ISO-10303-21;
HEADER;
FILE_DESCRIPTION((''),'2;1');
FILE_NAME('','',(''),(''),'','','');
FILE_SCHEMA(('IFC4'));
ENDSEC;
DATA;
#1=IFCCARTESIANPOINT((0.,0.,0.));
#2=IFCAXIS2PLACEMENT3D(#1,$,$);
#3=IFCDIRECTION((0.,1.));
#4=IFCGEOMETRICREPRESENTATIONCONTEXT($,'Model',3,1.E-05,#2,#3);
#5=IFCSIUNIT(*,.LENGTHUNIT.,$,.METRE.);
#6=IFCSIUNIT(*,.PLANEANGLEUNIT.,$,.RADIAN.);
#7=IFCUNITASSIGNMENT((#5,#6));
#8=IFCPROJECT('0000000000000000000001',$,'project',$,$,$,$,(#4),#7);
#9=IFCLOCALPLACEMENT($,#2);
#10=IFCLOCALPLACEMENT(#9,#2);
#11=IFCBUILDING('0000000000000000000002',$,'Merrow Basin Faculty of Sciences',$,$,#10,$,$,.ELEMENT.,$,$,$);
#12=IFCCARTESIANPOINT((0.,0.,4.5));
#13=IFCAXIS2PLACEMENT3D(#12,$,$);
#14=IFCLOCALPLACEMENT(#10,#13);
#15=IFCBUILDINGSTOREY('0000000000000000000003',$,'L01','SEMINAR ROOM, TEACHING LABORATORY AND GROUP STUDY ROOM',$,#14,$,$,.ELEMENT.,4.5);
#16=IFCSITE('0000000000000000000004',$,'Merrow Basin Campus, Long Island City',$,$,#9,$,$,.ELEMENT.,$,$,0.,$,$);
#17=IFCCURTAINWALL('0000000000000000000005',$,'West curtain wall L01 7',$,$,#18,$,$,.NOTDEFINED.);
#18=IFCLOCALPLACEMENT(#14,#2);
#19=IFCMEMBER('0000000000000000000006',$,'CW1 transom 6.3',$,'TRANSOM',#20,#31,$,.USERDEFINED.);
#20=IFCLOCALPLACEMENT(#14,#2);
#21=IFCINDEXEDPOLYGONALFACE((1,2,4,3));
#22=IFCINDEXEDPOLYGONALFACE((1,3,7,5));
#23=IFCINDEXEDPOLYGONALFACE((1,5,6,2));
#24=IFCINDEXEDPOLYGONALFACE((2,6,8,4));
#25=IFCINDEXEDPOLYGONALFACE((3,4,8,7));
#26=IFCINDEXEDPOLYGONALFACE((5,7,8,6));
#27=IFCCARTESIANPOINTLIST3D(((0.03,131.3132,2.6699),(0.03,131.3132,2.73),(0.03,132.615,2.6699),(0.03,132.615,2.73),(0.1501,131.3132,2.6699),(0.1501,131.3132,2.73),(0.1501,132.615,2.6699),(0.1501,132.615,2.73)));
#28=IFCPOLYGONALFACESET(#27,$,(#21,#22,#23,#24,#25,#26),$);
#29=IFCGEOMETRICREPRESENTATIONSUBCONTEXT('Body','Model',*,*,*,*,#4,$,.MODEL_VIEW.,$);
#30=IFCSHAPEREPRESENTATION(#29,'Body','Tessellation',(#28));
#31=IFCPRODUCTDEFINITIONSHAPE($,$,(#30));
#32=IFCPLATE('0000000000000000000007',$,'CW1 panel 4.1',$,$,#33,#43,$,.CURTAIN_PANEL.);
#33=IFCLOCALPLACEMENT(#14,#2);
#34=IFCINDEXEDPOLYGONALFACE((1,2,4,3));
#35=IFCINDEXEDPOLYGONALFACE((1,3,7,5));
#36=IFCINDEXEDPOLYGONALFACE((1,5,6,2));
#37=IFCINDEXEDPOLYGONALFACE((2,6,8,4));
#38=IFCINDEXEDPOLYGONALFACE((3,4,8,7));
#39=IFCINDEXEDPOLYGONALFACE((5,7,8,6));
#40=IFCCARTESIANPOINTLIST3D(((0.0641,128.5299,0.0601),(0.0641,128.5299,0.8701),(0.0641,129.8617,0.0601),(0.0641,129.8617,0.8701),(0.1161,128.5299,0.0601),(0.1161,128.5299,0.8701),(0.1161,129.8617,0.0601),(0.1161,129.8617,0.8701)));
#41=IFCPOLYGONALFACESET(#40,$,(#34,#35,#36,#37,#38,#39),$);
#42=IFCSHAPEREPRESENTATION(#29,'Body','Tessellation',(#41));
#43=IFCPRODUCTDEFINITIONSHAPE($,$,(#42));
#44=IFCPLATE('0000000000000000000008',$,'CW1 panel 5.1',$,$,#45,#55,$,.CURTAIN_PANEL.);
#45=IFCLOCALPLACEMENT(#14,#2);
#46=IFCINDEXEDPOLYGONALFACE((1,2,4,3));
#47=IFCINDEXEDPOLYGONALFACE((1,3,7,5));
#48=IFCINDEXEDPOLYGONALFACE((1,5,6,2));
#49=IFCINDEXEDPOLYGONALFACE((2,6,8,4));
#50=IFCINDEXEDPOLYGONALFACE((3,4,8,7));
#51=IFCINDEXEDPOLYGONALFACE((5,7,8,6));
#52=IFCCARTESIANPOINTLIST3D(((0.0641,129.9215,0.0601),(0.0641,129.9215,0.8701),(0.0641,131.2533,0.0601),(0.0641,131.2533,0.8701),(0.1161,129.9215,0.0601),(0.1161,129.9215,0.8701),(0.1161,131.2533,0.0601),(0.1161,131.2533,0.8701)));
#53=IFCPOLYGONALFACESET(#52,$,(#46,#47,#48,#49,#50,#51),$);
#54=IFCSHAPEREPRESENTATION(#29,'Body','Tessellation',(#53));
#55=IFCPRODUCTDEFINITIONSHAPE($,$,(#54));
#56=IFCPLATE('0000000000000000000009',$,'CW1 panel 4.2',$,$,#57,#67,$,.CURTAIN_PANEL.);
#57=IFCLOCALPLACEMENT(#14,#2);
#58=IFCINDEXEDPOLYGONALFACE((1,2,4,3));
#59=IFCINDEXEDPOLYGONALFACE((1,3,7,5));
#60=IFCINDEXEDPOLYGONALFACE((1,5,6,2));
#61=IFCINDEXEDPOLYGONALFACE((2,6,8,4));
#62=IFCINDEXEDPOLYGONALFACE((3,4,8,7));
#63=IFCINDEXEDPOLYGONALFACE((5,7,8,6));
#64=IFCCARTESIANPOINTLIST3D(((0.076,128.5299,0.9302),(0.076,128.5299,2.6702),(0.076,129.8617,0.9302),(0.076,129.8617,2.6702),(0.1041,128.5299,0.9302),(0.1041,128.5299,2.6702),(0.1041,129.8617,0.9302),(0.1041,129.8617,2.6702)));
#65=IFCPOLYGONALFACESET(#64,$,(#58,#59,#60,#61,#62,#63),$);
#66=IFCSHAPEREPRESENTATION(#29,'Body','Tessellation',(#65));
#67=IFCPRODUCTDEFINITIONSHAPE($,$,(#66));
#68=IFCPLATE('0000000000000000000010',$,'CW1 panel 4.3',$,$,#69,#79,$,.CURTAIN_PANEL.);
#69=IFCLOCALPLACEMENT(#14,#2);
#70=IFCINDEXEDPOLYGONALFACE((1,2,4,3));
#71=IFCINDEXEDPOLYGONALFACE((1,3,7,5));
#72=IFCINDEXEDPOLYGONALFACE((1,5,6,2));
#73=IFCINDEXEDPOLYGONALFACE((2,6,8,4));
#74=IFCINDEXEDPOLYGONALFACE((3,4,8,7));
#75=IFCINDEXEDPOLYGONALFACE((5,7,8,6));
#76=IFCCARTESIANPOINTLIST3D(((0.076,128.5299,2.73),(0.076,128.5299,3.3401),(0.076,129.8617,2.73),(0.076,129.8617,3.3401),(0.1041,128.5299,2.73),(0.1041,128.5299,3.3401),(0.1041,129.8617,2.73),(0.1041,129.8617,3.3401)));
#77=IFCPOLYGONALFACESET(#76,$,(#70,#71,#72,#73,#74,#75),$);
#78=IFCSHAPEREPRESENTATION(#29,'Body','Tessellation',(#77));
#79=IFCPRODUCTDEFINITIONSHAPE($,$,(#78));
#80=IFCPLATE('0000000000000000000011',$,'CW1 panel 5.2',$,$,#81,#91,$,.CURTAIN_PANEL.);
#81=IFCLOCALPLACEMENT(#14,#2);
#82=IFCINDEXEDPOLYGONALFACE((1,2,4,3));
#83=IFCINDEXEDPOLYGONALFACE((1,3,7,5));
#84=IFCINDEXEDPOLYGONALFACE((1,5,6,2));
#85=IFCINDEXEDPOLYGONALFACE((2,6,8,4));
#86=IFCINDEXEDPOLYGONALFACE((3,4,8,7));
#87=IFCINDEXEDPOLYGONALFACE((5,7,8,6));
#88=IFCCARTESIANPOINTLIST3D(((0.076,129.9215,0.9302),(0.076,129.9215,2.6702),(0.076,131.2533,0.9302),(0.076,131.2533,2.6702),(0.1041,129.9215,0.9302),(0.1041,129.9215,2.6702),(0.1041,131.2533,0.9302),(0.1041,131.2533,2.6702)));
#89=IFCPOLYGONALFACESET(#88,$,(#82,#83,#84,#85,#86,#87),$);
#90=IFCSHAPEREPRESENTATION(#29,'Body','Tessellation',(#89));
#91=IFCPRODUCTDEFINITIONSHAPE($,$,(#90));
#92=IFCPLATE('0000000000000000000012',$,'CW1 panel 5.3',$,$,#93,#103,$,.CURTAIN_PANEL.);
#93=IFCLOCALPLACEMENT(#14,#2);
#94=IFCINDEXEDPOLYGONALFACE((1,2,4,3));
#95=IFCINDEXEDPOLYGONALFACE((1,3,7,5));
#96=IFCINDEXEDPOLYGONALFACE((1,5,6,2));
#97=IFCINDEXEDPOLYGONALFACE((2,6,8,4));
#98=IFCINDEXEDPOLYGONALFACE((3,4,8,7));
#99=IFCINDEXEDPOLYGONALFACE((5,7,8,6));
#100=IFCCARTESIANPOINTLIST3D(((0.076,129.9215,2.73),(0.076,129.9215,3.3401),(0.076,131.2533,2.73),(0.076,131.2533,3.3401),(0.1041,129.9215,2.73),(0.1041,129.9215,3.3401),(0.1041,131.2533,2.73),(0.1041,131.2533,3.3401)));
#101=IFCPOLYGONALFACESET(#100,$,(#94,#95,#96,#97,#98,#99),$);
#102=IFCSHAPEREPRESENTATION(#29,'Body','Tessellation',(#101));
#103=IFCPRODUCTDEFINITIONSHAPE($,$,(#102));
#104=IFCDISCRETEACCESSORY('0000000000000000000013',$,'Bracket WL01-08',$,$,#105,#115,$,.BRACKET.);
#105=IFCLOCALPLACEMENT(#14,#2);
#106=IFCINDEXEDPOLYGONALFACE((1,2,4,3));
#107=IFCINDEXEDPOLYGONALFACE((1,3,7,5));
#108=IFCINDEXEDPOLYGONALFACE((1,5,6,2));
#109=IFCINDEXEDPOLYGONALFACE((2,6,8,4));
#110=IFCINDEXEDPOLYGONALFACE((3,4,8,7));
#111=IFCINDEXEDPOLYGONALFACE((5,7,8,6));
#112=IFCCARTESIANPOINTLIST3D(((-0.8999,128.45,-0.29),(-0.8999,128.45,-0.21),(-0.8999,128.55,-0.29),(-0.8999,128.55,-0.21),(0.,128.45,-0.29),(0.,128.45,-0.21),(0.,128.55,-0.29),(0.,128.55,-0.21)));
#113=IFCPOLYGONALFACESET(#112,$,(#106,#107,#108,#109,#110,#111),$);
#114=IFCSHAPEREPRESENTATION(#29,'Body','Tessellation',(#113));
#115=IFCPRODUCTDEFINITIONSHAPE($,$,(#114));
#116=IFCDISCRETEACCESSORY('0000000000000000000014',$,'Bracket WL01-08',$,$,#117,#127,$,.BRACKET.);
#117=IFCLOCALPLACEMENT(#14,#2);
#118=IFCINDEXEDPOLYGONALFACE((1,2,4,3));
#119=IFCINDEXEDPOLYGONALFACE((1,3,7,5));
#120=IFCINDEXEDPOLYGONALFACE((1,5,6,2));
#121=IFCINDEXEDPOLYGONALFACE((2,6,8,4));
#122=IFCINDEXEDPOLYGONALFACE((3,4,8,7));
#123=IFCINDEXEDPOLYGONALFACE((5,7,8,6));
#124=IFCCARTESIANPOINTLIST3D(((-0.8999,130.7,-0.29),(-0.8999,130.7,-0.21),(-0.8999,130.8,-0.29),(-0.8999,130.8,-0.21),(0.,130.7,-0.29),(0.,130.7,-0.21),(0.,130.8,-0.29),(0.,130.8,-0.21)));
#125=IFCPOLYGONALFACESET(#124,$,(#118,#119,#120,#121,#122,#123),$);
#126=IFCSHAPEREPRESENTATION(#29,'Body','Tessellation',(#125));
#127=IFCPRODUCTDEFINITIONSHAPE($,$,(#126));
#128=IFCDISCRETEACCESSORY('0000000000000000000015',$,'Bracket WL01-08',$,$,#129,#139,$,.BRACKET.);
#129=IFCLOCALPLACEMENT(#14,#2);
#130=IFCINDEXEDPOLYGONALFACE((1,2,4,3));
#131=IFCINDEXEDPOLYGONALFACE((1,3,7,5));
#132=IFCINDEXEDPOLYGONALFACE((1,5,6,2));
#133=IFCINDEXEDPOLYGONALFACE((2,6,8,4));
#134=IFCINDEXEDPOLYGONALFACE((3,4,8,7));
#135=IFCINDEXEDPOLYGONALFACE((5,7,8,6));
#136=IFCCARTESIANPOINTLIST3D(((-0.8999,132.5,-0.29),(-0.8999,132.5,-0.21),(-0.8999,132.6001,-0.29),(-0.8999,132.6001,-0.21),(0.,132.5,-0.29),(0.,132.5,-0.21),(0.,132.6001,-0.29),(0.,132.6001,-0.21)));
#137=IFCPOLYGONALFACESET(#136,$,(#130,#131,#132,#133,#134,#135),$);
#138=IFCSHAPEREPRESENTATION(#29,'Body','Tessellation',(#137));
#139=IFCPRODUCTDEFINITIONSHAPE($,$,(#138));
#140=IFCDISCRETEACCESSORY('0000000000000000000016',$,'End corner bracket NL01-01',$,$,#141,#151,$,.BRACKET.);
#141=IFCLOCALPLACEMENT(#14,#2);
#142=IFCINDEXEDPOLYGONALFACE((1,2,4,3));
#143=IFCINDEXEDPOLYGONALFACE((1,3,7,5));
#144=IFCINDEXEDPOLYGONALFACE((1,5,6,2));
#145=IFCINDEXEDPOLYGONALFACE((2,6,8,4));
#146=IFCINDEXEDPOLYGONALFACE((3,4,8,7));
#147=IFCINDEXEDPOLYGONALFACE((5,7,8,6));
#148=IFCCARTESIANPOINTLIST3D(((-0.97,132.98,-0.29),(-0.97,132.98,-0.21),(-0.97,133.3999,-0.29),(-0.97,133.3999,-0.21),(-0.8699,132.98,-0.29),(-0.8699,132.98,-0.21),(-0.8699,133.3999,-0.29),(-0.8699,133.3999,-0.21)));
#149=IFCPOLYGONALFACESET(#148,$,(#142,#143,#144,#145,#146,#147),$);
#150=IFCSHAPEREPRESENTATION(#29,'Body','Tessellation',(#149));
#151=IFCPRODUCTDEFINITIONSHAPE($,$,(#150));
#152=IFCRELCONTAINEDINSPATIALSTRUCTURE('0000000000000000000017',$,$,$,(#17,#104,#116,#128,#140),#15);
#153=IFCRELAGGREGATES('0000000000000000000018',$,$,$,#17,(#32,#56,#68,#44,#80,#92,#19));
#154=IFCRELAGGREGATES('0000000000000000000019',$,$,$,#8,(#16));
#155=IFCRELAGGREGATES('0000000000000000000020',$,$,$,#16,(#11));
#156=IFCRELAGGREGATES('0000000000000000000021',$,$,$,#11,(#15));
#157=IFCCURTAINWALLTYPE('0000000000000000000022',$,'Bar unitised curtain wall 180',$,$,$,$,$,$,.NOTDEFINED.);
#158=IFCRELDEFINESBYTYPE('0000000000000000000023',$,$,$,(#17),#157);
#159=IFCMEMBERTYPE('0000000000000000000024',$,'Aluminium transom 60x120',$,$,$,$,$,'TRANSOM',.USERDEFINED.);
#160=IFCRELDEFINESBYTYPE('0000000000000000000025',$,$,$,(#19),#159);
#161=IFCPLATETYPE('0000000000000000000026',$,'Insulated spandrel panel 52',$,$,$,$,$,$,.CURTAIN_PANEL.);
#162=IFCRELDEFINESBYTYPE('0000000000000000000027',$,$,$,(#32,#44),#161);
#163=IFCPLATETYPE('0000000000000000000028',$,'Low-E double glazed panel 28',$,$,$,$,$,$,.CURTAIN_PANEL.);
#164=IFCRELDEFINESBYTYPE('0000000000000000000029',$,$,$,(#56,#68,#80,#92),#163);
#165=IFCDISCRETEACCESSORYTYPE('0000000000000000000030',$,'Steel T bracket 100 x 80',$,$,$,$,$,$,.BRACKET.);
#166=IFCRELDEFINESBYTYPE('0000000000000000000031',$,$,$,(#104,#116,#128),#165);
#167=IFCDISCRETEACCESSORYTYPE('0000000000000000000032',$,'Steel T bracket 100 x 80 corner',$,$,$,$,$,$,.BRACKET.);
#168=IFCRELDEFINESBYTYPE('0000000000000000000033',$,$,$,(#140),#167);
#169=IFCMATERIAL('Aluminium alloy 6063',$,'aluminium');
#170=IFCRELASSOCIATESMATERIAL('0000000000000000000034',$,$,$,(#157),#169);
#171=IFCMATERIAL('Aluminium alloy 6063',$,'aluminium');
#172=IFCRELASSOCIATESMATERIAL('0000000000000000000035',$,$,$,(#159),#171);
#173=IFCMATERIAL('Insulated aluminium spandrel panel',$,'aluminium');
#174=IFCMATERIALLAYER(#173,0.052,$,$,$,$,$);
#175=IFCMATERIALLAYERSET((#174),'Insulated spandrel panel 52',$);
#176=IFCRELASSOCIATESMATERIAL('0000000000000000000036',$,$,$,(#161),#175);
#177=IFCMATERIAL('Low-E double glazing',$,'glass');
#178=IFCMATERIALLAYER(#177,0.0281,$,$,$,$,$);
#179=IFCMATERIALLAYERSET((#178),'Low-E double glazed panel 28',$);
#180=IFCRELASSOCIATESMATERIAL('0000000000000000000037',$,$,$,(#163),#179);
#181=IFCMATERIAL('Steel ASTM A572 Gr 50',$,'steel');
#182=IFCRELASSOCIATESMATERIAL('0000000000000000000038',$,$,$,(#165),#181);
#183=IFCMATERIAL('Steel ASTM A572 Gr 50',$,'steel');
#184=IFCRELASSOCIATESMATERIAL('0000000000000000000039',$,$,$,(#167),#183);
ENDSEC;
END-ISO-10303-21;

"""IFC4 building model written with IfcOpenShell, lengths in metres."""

from ifc_helpers import new_model, si_unit, direction, frame, origin, origin_2d, place, context, subcontext, project, spatial, polyline, rectangle, outline, extrude, source, transform, mapped, material, layer, layer_set, material_profile, profile_set, type_object, element, aggregate, save


model = new_model("IFC4")

# Units and contexts
model_context = context("Model", 3, precision=1e-05, world=origin(), true_north=direction((0.0, 1.0)))
body_context = subcontext(model_context, "Body", "Model", "MODEL_VIEW")
ifc_project = project(units=[si_unit("LENGTHUNIT", "METRE"), si_unit("PLANEANGLEUNIT", "RADIAN")], contexts=[model_context])

# Site, building, storey
site_placement = place(None, origin())
site = spatial("IfcSite", under=ifc_project, at=site_placement, Name="Merrow Basin Campus, Long Island City", CompositionType="ELEMENT", RefElevation=0.0)
building_placement = place(site_placement, origin())
building = spatial("IfcBuilding", under=site, at=building_placement, Name="Merrow Basin Faculty of Sciences", CompositionType="ELEMENT")
storey_placement = place(building_placement, frame((0.0, 0.0, 4.5)))
storey = spatial("IfcBuildingStorey", under=building, at=storey_placement, Name="L01", Description="SEMINAR ROOM, TEACHING LABORATORY AND GROUP STUDY ROOM", CompositionType="ELEMENT", Elevation=4.5)

# Curtain wall, member, plates
ifc_material_1 = material(Name="Aluminium alloy 6063", Category="aluminium")
curtain_wall_type = type_object("IfcCurtainWallType", Name="Bar unitised curtain wall 180", PredefinedType="NOTDEFINED", material=ifc_material_1)
curtain_wall_placement = place(storey_placement, origin())
curtain_wall = element("IfcCurtainWall", 1, at=curtain_wall_placement, inside=storey, type_object=curtain_wall_type, Name="West curtain wall L01 7", PredefinedType="NOTDEFINED")
ifc_material_2 = material(Name="Aluminium alloy 6063", Category="aluminium")
ifc_material_profile_1 = material_profile(ifc_material_2, rectangle(XDim=0.1201, YDim=0.0601, at=origin_2d()))
ifc_profile_set_1 = profile_set([ifc_material_profile_1], Name="Aluminium alloy 6063")
member_type_1 = type_object("IfcMemberType", Name="Aluminium transom 60x120", ElementType="TRANSOM", PredefinedType="USERDEFINED", material=ifc_profile_set_1)
member_1_placement = place(storey_placement, frame((0.0901, 131.3132, 2.7), z_axis=(0.0, 1.0, 0.0), x_axis=(-1.0, 0.0, 0.0)))
member_1 = element("IfcMember", 2, at=member_1_placement, type_object=member_type_1, Name="CW1 transom 6.3", ObjectType="TRANSOM", PredefinedType="USERDEFINED", context=body_context, shape_type="SweptSolid", body=[
    extrude(rectangle(XDim=0.1201, YDim=0.0601, at=origin_2d()), origin(), (0.0, 0.0, 1.0), 1.3018),
])
ifc_material_3 = material(Name="Insulated aluminium spandrel panel", Category="aluminium")
ifc_layer_1 = layer(ifc_material_3, 0.052)
ifc_layer_set_1 = layer_set([ifc_layer_1], Name="Insulated spandrel panel 52")
plate_type_1 = type_object("IfcPlateType", Name="Insulated spandrel panel 52", PredefinedType="CURTAIN_PANEL", material=ifc_layer_set_1)
plate_1_placement = place(storey_placement, frame((0.0901, 129.1958, 0.0601), z_axis=(0.0, 0.0, 1.0), x_axis=(0.0, 1.0, 0.0)))
plate_1 = element("IfcPlate", 3, at=plate_1_placement, type_object=plate_type_1, Name="CW1 panel 4.1", PredefinedType="CURTAIN_PANEL", context=body_context, shape_type="SweptSolid", body=[
    extrude(rectangle(XDim=1.3318, YDim=0.052, at=origin_2d()), origin(), (0.0, 0.0, 1.0), 0.8101),
])
plate_2_placement = place(storey_placement, frame((0.0901, 130.5874, 0.0601), z_axis=(0.0, 0.0, 1.0), x_axis=(0.0, 1.0, 0.0)))
plate_2 = element("IfcPlate", 4, at=plate_2_placement, type_object=plate_type_1, Name="CW1 panel 5.1", PredefinedType="CURTAIN_PANEL", context=body_context, shape_type="SweptSolid", body=[
    extrude(rectangle(XDim=1.3318, YDim=0.052, at=origin_2d()), origin(), (0.0, 0.0, 1.0), 0.8101),
])
ifc_material_4 = material(Name="Low-E double glazing", Category="glass")
ifc_layer_2 = layer(ifc_material_4, 0.0281)
ifc_layer_set_2 = layer_set([ifc_layer_2], Name="Low-E double glazed panel 28")
plate_type_2 = type_object("IfcPlateType", Name="Low-E double glazed panel 28", PredefinedType="CURTAIN_PANEL", material=ifc_layer_set_2)
plate_3_placement = place(storey_placement, frame((0.0901, 129.1958, 0.9302), z_axis=(0.0, 0.0, 1.0), x_axis=(0.0, 1.0, 0.0)))
plate_3 = element("IfcPlate", 5, at=plate_3_placement, type_object=plate_type_2, Name="CW1 panel 4.2", PredefinedType="CURTAIN_PANEL", context=body_context, shape_type="SweptSolid", body=[
    extrude(rectangle(XDim=1.3318, YDim=0.0281, at=origin_2d()), origin(), (0.0, 0.0, 1.0), 1.74),
])
plate_4_placement = place(storey_placement, frame((0.0901, 129.1958, 2.73), z_axis=(0.0, 0.0, 1.0), x_axis=(0.0, 1.0, 0.0)))
plate_4 = element("IfcPlate", 6, at=plate_4_placement, type_object=plate_type_2, Name="CW1 panel 4.3", PredefinedType="CURTAIN_PANEL", context=body_context, shape_type="SweptSolid", body=[
    extrude(rectangle(XDim=1.3318, YDim=0.0281, at=origin_2d()), origin(), (0.0, 0.0, 1.0), 0.6101),
])
plate_5_placement = place(storey_placement, frame((0.0901, 130.5874, 0.9302), z_axis=(0.0, 0.0, 1.0), x_axis=(0.0, 1.0, 0.0)))
plate_5 = element("IfcPlate", 7, at=plate_5_placement, type_object=plate_type_2, Name="CW1 panel 5.2", PredefinedType="CURTAIN_PANEL", context=body_context, shape_type="SweptSolid", body=[
    extrude(rectangle(XDim=1.3318, YDim=0.0281, at=origin_2d()), origin(), (0.0, 0.0, 1.0), 1.74),
])
plate_6_placement = place(storey_placement, frame((0.0901, 130.5874, 2.73), z_axis=(0.0, 0.0, 1.0), x_axis=(0.0, 1.0, 0.0)))
plate_6 = element("IfcPlate", 8, at=plate_6_placement, type_object=plate_type_2, Name="CW1 panel 5.3", PredefinedType="CURTAIN_PANEL", context=body_context, shape_type="SweptSolid", body=[
    extrude(rectangle(XDim=1.3318, YDim=0.0281, at=origin_2d()), origin(), (0.0, 0.0, 1.0), 0.6101),
])
aggregate(curtain_wall, [plate_1, plate_3, plate_4, plate_2, plate_5, plate_6, member_1])

# Discrete accessories
ifc_material_5 = material(Name="Steel ASTM A572 Gr 50", Category="steel")
discrete_accessory_type_1 = type_object("IfcDiscreteAccessoryType", Name="Steel T bracket 100 x 80", PredefinedType="BRACKET", material=ifc_material_5)
shared_shape_1 = source(origin(), body_context, "Body", "SweptSolid", [
    extrude(outline(polyline([(0.0, 0.0), (0.1001, 0.0), (0.1001, 0.0801), (0.0, 0.0801), (0.0, 0.0)])), origin(), (0.0, 0.0, 1.0), 0.8999),
])
for number, where, z_axis, x_axis, name in (
    (9, (-0.8999, 128.45, -0.29), (1.0, 0.0, 0.0), (0.0, 1.0, 0.0), "Bracket WL01-08"),
    (10, (-0.8999, 130.7, -0.29), (1.0, 0.0, 0.0), (0.0, 1.0, 0.0), "Bracket WL01-08"),
    (11, (-0.8999, 132.5, -0.29), (1.0, 0.0, 0.0), (0.0, 1.0, 0.0), "Bracket WL01-08"),
):
    element("IfcDiscreteAccessory", number, at=place(storey_placement, frame(where, z_axis=z_axis, x_axis=x_axis)), inside=storey, type_object=discrete_accessory_type_1, Name=name, PredefinedType="BRACKET", context=body_context, shape_type="MappedRepresentation", body=[
        mapped(shared_shape_1, transform((0.0, 0.0, 0.0), scale=1.0)),
    ])
ifc_material_6 = material(Name="Steel ASTM A572 Gr 50", Category="steel")
discrete_accessory_type_2 = type_object("IfcDiscreteAccessoryType", Name="Steel T bracket 100 x 80 corner", PredefinedType="BRACKET", material=ifc_material_6)
shared_shape_2 = source(origin(), body_context, "Body", "SweptSolid", [
    extrude(outline(polyline([(0.0, 0.0), (0.1001, 0.0), (0.1001, 0.0801), (0.0, 0.0801), (0.0, 0.0)])), origin(), (0.0, 0.0, 1.0), 0.4199),
])
discrete_accessory_placement = place(storey_placement, frame((-0.97, 133.3999, -0.29), z_axis=(0.0, -1.0, 0.0), x_axis=(1.0, 0.0, 0.0)))
element("IfcDiscreteAccessory", 12, at=discrete_accessory_placement, inside=storey, type_object=discrete_accessory_type_2, Name="End corner bracket NL01-01", PredefinedType="BRACKET", context=body_context, shape_type="MappedRepresentation", body=[
    mapped(shared_shape_2, transform((0.0, 0.0, 0.0), scale=1.0)),
])

save(model, "model.ifc")
